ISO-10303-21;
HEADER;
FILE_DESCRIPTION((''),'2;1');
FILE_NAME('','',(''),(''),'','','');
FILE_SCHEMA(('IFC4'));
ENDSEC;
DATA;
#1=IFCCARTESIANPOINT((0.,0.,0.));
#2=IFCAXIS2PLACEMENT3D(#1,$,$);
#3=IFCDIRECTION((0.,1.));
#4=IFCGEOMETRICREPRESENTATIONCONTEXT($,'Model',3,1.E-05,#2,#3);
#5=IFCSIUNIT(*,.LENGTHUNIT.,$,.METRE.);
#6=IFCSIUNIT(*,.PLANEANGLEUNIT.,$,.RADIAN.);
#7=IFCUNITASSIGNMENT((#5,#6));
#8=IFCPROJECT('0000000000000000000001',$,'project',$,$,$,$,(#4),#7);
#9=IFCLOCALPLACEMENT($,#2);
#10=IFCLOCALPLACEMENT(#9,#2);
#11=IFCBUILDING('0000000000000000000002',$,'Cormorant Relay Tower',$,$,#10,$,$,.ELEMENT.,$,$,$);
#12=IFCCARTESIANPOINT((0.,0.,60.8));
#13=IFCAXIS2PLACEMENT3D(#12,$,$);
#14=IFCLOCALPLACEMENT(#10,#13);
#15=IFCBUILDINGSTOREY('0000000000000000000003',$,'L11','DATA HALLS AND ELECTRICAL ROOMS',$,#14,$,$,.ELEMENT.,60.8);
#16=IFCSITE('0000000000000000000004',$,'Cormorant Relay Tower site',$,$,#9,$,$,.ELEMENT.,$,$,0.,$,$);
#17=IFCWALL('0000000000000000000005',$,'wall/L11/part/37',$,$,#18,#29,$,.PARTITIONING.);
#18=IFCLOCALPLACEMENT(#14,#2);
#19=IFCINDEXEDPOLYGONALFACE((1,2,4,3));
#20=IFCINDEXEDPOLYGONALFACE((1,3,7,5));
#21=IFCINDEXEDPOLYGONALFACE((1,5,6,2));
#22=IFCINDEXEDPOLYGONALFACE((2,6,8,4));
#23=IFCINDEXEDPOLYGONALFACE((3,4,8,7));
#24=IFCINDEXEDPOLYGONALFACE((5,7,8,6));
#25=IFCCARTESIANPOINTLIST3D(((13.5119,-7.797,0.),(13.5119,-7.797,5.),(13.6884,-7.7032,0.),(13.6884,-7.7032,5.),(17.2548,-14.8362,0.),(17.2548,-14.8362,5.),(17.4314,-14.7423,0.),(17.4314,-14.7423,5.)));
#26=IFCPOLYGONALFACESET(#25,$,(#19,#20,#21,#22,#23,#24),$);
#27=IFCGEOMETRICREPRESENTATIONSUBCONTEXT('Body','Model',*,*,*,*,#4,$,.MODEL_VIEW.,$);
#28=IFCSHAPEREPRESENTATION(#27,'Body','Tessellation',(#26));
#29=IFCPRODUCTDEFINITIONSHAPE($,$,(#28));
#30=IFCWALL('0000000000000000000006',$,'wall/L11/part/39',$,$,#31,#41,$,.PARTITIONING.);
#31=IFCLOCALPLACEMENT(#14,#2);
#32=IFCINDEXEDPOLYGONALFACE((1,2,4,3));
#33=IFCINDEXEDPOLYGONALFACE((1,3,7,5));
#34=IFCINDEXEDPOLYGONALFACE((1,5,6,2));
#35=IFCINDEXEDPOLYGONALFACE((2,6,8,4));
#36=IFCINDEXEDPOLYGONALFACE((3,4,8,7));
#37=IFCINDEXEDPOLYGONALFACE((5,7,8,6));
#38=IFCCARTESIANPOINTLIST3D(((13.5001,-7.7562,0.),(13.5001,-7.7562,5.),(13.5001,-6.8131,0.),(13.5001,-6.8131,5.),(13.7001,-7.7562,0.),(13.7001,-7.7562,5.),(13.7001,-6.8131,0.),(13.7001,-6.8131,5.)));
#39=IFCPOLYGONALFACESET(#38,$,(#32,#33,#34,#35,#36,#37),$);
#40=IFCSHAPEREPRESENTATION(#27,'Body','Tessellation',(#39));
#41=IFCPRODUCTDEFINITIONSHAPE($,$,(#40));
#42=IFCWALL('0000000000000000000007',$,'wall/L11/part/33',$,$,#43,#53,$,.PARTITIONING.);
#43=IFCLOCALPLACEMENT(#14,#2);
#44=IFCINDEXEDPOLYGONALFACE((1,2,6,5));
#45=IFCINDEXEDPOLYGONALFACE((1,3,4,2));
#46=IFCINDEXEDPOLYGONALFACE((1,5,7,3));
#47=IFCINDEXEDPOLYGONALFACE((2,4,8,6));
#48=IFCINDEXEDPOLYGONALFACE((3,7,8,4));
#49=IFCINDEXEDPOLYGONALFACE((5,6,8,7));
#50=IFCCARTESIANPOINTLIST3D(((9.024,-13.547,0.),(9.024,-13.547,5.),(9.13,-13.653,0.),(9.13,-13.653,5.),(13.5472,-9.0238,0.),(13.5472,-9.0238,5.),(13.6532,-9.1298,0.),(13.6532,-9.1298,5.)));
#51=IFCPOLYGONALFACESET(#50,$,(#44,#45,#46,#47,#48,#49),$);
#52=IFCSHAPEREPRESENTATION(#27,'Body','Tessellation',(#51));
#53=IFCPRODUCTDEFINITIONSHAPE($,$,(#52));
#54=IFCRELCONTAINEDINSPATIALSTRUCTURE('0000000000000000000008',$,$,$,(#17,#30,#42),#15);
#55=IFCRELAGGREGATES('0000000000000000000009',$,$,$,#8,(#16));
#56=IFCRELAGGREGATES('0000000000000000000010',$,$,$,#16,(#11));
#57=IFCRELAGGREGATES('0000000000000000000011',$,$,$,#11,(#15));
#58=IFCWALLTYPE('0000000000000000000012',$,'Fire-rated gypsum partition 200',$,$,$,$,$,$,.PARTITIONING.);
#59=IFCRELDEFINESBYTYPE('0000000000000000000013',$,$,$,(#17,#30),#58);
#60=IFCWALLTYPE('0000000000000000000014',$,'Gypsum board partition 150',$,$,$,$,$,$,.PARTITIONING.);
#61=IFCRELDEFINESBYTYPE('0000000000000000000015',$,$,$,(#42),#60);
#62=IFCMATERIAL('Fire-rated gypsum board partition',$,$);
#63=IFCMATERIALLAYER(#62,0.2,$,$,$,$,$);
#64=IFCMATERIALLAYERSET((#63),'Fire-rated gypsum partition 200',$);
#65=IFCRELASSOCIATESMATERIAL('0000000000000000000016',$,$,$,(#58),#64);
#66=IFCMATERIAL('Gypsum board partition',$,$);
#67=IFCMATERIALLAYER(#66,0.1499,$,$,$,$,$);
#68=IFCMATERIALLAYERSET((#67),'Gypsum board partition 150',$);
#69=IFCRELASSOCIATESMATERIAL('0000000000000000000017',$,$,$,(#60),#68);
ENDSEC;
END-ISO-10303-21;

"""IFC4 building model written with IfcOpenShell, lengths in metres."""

from ifc_helpers import new_model, si_unit, direction, frame, frame_2d, origin, place, context, subcontext, project, spatial, rectangle, extrude, material, layer, layer_set, type_object, element, save


model = new_model("IFC4")

# Units and contexts
model_context = context("Model", 3, precision=1e-05, world=origin(), true_north=direction((0.0, 1.0)))
body_context = subcontext(model_context, "Body", "Model", "MODEL_VIEW")
ifc_project = project(units=[si_unit("LENGTHUNIT", "METRE"), si_unit("PLANEANGLEUNIT", "RADIAN")], contexts=[model_context])

# Site, building, storey
site_placement = place(None, origin())
site = spatial("IfcSite", under=ifc_project, at=site_placement, Name="Cormorant Relay Tower site", CompositionType="ELEMENT", RefElevation=0.0)
building_placement = place(site_placement, origin())
building = spatial("IfcBuilding", under=site, at=building_placement, Name="Cormorant Relay Tower", CompositionType="ELEMENT")
storey_placement = place(building_placement, frame((0.0, 0.0, 60.8)))
storey = spatial("IfcBuildingStorey", under=building, at=storey_placement, Name="L11", Description="DATA HALLS AND ELECTRICAL ROOMS", CompositionType="ELEMENT", Elevation=60.8)

# Walls
ifc_material_1 = material(Name="Fire-rated gypsum board partition")
ifc_layer_1 = layer(ifc_material_1, 0.2)
ifc_layer_set_1 = layer_set([ifc_layer_1], Name="Fire-rated gypsum partition 200")
wall_type_1 = type_object("IfcWallType", Name="Fire-rated gypsum partition 200", PredefinedType="PARTITIONING", material=ifc_layer_set_1)
wall_1_placement = place(storey_placement, frame((13.6001, -7.75, 0.0), z_axis=(0.0, 0.0, 1.0), x_axis=(0.46949, -0.882938, 0.0)))
element("IfcWall", 1, at=wall_1_placement, inside=storey, type_object=wall_type_1, Name="wall/L11/part/37", PredefinedType="PARTITIONING", context=body_context, shape_type="SweptSolid", body=[
    extrude(rectangle(XDim=7.9724, YDim=0.2, at=frame_2d((3.9863, 0.0))), origin(), (0.0, 0.0, 1.0), 5.0),
])
wall_2_placement = place(storey_placement, frame((13.6001, -6.813, 0.0), z_axis=(0.0, 0.0, 1.0), x_axis=(0.0, -1.0, 0.0)))
element("IfcWall", 2, at=wall_2_placement, inside=storey, type_object=wall_type_1, Name="wall/L11/part/39", PredefinedType="PARTITIONING", context=body_context, shape_type="SweptSolid", body=[
    extrude(rectangle(XDim=0.9431, YDim=0.2, at=frame_2d((0.4717, 0.0))), origin(), (0.0, 0.0, 1.0), 5.0),
])
ifc_material_2 = material(Name="Gypsum board partition")
ifc_layer_2 = layer(ifc_material_2, 0.1499)
ifc_layer_set_2 = layer_set([ifc_layer_2], Name="Gypsum board partition 150")
wall_type_2 = type_object("IfcWallType", Name="Gypsum board partition 150", PredefinedType="PARTITIONING", material=ifc_layer_set_2)
wall_3_placement = place(storey_placement, frame((13.6001, -9.0769, 0.0), z_axis=(0.0, 0.0, 1.0), x_axis=(-0.707107, -0.707107, 0.0)))
element("IfcWall", 3, at=wall_3_placement, inside=storey, type_object=wall_type_2, Name="wall/L11/part/33", PredefinedType="PARTITIONING", context=body_context, shape_type="SweptSolid", body=[
    extrude(rectangle(XDim=6.3967, YDim=0.1499, at=frame_2d((3.1982, 0.0))), origin(), (0.0, 0.0, 1.0), 5.0),
])

save(model, "model.ifc")
